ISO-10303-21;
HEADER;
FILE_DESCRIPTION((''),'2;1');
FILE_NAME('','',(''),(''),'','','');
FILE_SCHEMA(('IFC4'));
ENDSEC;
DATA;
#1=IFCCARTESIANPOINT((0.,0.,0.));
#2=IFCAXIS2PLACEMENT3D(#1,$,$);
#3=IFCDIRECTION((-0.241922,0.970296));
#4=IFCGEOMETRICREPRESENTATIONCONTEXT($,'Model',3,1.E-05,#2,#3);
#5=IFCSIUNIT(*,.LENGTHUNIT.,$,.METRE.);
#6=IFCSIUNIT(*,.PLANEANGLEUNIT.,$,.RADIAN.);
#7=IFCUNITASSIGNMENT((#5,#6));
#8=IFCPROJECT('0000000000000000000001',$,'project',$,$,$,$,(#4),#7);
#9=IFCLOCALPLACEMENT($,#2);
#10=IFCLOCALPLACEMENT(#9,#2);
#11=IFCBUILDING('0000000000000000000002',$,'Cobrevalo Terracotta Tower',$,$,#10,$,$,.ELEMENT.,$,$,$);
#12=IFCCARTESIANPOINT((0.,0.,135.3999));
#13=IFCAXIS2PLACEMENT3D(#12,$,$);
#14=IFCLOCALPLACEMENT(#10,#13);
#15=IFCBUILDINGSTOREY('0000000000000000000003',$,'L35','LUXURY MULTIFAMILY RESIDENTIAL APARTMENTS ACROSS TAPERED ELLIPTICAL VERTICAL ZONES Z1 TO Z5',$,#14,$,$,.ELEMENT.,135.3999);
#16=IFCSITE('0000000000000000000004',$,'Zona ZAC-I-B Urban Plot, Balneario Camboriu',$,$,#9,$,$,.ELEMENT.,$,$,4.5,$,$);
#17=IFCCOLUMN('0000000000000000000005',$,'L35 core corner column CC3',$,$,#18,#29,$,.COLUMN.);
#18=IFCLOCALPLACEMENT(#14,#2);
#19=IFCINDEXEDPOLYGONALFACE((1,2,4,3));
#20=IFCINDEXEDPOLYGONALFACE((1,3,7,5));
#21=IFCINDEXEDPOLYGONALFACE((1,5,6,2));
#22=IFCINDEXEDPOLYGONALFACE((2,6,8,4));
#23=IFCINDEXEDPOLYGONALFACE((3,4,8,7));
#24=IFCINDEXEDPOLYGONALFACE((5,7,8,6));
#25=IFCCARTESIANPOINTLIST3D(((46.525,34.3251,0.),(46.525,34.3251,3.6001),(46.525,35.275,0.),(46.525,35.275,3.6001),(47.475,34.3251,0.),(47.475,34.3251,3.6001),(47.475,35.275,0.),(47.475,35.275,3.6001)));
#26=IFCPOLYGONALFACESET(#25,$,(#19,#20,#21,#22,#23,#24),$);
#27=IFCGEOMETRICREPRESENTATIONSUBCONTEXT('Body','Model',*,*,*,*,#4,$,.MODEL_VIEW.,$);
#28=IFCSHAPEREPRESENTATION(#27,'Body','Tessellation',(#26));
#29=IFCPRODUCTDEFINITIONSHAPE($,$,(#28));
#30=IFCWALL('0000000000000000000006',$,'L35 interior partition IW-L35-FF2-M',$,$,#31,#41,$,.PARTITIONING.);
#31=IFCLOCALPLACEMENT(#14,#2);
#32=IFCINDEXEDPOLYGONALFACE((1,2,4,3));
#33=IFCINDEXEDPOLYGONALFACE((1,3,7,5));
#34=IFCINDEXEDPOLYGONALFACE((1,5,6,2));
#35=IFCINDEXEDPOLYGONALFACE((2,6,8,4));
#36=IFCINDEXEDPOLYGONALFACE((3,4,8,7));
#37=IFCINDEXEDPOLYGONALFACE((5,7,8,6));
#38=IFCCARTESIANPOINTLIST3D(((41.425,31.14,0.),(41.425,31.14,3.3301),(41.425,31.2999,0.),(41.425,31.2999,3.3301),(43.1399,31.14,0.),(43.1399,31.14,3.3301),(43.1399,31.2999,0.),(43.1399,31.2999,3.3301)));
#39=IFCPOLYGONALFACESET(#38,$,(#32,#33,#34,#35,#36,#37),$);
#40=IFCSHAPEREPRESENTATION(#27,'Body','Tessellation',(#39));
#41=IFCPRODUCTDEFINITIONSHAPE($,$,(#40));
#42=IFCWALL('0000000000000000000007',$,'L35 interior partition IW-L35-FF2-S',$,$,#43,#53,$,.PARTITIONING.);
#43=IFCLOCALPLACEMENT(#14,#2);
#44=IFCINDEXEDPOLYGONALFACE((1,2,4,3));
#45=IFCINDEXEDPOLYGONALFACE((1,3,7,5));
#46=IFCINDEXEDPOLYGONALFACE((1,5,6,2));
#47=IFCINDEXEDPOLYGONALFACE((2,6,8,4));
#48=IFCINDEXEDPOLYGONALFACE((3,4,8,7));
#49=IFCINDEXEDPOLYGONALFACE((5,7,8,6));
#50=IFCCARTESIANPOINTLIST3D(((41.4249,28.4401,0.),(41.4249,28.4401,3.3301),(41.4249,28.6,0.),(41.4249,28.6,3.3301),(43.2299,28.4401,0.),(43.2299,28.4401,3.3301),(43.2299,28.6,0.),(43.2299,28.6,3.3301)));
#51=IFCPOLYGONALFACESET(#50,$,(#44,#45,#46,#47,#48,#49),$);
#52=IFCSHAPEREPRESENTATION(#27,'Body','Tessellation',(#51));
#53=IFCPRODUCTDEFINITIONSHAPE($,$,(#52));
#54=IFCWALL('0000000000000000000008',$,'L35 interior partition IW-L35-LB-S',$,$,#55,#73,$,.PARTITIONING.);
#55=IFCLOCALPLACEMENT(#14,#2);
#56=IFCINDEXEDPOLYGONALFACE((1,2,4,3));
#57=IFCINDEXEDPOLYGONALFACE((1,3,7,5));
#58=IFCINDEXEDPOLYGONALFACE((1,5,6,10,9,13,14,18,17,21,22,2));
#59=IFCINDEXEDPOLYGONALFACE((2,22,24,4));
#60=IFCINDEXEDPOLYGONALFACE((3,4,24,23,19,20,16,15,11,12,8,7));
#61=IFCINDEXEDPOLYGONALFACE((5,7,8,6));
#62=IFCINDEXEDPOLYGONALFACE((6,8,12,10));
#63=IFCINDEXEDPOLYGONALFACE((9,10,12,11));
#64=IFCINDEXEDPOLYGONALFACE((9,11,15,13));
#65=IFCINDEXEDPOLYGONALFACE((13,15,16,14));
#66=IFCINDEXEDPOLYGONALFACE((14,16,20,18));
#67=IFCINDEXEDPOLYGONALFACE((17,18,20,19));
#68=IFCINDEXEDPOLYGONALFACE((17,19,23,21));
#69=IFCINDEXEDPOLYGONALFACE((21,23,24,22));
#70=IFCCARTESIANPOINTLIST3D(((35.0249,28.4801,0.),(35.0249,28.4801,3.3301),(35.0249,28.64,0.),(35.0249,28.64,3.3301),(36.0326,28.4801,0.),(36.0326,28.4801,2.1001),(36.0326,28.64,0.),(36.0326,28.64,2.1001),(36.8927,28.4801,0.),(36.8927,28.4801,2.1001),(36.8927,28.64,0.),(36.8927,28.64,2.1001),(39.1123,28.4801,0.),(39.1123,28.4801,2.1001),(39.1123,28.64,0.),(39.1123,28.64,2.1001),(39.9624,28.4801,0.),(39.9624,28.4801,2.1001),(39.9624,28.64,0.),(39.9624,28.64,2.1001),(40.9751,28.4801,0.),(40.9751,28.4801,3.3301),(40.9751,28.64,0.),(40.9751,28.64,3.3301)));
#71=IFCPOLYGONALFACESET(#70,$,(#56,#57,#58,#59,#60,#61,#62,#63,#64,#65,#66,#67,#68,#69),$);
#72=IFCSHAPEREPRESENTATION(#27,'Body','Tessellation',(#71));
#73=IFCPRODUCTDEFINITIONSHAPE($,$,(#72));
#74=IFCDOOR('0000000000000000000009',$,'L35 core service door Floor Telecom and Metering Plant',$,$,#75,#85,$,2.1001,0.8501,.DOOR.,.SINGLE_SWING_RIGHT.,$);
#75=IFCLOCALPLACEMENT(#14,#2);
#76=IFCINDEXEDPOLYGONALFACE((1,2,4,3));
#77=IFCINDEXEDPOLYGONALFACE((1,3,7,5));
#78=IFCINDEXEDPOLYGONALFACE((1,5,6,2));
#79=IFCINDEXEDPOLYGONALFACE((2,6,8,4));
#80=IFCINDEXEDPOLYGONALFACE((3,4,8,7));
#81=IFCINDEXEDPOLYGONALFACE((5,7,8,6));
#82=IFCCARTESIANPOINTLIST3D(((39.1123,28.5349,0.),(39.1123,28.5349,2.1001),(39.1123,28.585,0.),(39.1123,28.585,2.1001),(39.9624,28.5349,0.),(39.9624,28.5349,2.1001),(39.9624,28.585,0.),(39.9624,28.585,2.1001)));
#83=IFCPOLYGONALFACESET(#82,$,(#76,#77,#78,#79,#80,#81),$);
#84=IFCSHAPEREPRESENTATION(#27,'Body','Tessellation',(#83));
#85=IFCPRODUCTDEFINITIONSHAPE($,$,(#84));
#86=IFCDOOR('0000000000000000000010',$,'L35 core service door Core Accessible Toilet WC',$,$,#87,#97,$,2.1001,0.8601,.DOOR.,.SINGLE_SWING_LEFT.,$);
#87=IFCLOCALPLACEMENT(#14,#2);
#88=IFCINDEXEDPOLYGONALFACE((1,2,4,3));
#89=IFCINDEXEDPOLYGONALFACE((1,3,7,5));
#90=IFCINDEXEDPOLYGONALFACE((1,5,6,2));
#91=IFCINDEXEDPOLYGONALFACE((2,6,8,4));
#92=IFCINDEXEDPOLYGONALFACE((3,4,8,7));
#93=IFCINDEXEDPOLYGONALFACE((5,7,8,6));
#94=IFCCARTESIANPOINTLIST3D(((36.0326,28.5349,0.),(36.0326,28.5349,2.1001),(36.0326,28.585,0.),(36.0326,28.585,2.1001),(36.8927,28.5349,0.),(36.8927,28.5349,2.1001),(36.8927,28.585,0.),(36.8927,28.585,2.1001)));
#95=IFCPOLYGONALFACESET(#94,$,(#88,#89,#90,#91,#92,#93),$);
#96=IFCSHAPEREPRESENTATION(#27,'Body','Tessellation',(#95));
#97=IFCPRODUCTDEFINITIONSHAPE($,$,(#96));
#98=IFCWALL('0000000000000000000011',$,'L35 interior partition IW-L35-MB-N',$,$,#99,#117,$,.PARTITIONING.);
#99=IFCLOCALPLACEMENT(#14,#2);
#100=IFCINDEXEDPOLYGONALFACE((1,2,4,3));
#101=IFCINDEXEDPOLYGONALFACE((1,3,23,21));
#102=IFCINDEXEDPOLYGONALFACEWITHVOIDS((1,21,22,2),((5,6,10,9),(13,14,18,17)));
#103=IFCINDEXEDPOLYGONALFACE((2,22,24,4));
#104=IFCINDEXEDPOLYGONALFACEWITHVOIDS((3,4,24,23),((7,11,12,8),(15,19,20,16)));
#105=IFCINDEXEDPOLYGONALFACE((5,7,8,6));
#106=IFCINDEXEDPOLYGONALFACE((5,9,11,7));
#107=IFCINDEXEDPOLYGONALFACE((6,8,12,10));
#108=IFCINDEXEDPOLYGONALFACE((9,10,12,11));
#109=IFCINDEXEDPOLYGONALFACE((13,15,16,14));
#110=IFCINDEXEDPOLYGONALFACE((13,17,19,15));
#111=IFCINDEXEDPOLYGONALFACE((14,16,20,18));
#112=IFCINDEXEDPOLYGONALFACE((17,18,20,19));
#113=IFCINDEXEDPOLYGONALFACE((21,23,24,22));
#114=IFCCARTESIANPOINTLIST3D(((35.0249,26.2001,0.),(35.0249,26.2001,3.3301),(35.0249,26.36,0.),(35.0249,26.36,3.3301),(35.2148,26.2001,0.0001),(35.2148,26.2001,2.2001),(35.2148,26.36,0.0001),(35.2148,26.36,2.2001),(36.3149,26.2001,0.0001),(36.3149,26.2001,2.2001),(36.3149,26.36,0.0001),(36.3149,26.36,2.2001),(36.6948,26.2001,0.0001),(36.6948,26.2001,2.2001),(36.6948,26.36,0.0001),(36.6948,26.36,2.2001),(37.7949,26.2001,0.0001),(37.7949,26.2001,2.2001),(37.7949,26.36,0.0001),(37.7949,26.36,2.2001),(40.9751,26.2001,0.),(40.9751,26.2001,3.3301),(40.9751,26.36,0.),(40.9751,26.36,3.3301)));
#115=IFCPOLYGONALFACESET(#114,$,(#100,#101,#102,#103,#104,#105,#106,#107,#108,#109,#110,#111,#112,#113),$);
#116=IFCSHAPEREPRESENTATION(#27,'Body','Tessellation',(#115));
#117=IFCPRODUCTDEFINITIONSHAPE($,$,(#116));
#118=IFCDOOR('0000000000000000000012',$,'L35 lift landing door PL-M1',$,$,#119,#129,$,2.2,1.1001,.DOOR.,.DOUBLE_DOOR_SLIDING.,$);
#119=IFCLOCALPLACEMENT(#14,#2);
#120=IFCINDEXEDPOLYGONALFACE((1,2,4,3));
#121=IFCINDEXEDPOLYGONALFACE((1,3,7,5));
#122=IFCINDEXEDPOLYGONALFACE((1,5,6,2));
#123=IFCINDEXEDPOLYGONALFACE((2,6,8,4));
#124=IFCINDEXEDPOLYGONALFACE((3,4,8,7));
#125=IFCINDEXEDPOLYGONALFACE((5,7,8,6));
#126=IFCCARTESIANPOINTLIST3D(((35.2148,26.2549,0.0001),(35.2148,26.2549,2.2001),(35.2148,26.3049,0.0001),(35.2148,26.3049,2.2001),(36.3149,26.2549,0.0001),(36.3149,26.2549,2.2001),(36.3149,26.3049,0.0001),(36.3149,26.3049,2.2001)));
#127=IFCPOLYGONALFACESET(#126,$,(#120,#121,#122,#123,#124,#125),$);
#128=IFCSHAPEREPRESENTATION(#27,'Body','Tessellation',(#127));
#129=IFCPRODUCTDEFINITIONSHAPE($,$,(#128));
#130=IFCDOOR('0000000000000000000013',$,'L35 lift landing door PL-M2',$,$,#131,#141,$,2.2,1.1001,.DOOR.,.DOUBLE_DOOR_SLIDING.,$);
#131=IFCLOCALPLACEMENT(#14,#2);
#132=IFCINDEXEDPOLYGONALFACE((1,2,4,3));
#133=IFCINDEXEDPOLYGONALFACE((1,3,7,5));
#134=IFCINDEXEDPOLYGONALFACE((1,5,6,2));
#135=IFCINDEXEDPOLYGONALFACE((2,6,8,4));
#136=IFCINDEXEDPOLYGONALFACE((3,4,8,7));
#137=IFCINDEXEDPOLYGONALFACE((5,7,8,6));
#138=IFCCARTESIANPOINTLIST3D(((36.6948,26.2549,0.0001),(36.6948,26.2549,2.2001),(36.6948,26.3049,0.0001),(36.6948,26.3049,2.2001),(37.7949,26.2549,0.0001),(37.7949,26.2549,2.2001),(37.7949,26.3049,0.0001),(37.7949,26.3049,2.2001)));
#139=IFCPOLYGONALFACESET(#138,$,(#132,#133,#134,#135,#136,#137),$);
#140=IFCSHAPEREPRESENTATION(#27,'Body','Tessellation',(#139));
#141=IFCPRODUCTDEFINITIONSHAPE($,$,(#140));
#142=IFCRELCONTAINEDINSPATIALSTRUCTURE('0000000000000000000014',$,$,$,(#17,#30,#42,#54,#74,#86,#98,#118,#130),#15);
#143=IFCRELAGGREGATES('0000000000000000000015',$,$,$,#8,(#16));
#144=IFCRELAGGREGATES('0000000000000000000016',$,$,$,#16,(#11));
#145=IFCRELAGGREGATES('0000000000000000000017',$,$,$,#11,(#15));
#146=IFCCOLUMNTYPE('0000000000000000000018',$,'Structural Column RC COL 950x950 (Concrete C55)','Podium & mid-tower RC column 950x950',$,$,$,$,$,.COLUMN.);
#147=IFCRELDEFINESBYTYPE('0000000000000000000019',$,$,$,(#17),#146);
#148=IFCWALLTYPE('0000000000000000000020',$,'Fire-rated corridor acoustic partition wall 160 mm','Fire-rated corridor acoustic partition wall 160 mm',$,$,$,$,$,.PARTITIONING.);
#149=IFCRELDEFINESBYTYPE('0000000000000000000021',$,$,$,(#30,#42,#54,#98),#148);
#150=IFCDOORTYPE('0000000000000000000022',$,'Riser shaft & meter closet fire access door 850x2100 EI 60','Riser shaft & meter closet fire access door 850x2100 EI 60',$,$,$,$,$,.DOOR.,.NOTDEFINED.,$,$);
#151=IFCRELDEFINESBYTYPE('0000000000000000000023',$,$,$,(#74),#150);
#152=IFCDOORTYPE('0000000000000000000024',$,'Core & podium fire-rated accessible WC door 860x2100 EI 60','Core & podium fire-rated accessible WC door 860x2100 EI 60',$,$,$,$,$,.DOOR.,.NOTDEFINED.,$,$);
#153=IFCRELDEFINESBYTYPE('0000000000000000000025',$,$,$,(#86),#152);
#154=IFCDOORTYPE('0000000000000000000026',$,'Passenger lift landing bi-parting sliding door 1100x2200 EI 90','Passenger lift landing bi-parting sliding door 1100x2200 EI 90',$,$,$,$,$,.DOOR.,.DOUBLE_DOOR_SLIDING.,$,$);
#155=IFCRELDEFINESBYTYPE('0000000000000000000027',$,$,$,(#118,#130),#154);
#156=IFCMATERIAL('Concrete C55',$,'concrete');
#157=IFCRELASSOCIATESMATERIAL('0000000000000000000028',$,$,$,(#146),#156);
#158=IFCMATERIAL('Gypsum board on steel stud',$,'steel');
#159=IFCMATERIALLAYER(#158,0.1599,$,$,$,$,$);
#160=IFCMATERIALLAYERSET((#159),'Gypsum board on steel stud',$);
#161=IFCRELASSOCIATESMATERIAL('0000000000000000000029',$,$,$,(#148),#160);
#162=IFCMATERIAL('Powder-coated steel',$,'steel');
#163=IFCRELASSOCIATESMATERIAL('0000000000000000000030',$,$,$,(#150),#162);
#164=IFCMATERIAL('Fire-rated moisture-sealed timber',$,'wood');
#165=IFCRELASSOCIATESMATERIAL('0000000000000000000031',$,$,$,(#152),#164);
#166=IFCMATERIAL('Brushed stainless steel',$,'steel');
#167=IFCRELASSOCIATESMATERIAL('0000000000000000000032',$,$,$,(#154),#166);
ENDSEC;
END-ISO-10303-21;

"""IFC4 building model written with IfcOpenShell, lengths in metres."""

from ifc_helpers import new_model, si_unit, direction, frame, frame_2d, origin, origin_2d, place, context, subcontext, project, spatial, rectangle, extrude, source, transform, mapped, material, layer, layer_set, material_profile, profile_set, type_object, element, fill, save


model = new_model("IFC4")

# Units and contexts
model_context = context("Model", 3, precision=1e-05, world=origin(), true_north=direction((-0.241922, 0.970296)))
body_context = subcontext(model_context, "Body", "Model", "MODEL_VIEW")
ifc_project = project(units=[si_unit("LENGTHUNIT", "METRE"), si_unit("PLANEANGLEUNIT", "RADIAN")], contexts=[model_context])

# Site, building, storey
site_placement = place(None, origin())
site = spatial("IfcSite", under=ifc_project, at=site_placement, Name="Zona ZAC-I-B Urban Plot, Balneario Camboriu", CompositionType="ELEMENT", RefElevation=4.5)
building_placement = place(site_placement, origin())
building = spatial("IfcBuilding", under=site, at=building_placement, Name="Cobrevalo Terracotta Tower", CompositionType="ELEMENT")
storey_placement = place(building_placement, frame((0.0, 0.0, 135.3999)))
storey = spatial("IfcBuildingStorey", under=building, at=storey_placement, Name="L35", Description="LUXURY MULTIFAMILY RESIDENTIAL APARTMENTS ACROSS TAPERED ELLIPTICAL VERTICAL ZONES Z1 TO Z5", CompositionType="ELEMENT", Elevation=135.3999)

# Column
ifc_material_1 = material(Name="Concrete C55", Category="concrete")
ifc_material_profile = material_profile(ifc_material_1, rectangle(XDim=0.95, YDim=0.95, at=origin_2d()), Name="RC COL 950x950")
ifc_profile_set = profile_set([ifc_material_profile], Name="Concrete C55")
column_type = type_object("IfcColumnType", Name="Structural Column RC COL 950x950 (Concrete C55)", Description="Podium & mid-tower RC column 950x950", PredefinedType="COLUMN", material=ifc_profile_set)
column_placement = place(storey_placement, frame((47.0, 34.8, 0.0), z_axis=(0.0, 0.0, 1.0), x_axis=(1.0, 0.0, 0.0)))
element("IfcColumn", 1, at=column_placement, inside=storey, type_object=column_type, Name="L35 core corner column CC3", PredefinedType="COLUMN", context=body_context, shape_type="SweptSolid", body=[
    extrude(rectangle(XDim=0.95, YDim=0.95, at=origin_2d()), origin(), (0.0, 0.0, 1.0), 3.6001),
])

# Walls
ifc_material_2 = material(Name="Gypsum board on steel stud", Category="steel")
ifc_layer_1 = layer(ifc_material_2, 0.1599)
ifc_layer_set_1 = layer_set([ifc_layer_1], Name="Gypsum board on steel stud")
wall_type_1 = type_object("IfcWallType", Name="Fire-rated corridor acoustic partition wall 160 mm", Description="Fire-rated corridor acoustic partition wall 160 mm", PredefinedType="PARTITIONING", material=ifc_layer_set_1)
wall_1_placement = place(storey_placement, frame((41.425, 31.22, 0.0), z_axis=(0.0, 0.0, 1.0), x_axis=(1.0, 0.0, 0.0)))
element("IfcWall", 2, at=wall_1_placement, inside=storey, type_object=wall_type_1, Name="L35 interior partition IW-L35-FF2-M", PredefinedType="PARTITIONING", context=body_context, shape_type="SweptSolid", body=[
    extrude(rectangle(XDim=1.7148, YDim=0.1599, at=frame_2d((0.8574, 0.0))), origin(), (0.0, 0.0, 1.0), 3.3301),
])
wall_2_placement = place(storey_placement, frame((41.425, 28.52, 0.0), z_axis=(0.0, 0.0, 1.0), x_axis=(1.0, 0.0, 0.0)))
element("IfcWall", 3, at=wall_2_placement, inside=storey, type_object=wall_type_1, Name="L35 interior partition IW-L35-FF2-S", PredefinedType="PARTITIONING", context=body_context, shape_type="SweptSolid", body=[
    extrude(rectangle(XDim=1.8049, YDim=0.1599, at=frame_2d((0.9023, 0.0))), origin(), (0.0, 0.0, 1.0), 3.3301),
])

# Walls, openings, doors
wall_3_placement = place(storey_placement, frame((35.0249, 28.5601, 0.0), z_axis=(0.0, 0.0, 1.0), x_axis=(1.0, 0.0, 0.0)))
wall_3 = element("IfcWall", 4, at=wall_3_placement, inside=storey, type_object=wall_type_1, Name="L35 interior partition IW-L35-LB-S", PredefinedType="PARTITIONING", context=body_context, shape_type="SweptSolid", body=[
    extrude(rectangle(XDim=5.9502, YDim=0.1599, at=frame_2d((2.9751, 0.0))), origin(), (0.0, 0.0, 1.0), 3.3301),
])
opening_1_placement = place(wall_3_placement, frame((1.0076, 0.0, 0.0)))
opening_1 = element("IfcOpeningElement", 5, at=opening_1_placement, cuts=wall_3, PredefinedType="OPENING", context=body_context, shape_type="SweptSolid", body=[
    extrude(rectangle(XDim=0.8601, YDim=2.1001, at=frame_2d((0.4302, 1.05))), frame((0.0, 0.0898, 0.0), z_axis=(0.0, -1.0, 0.0), x_axis=(1.0, 0.0, 0.0)), (0.0, 0.0, 1.0), 0.1799),
])
opening_2_placement = place(wall_3_placement, frame((4.0874, 0.0, 0.0)))
opening_2 = element("IfcOpeningElement", 6, at=opening_2_placement, cuts=wall_3, PredefinedType="OPENING", context=body_context, shape_type="SweptSolid", body=[
    extrude(rectangle(XDim=0.8501, YDim=2.1001, at=frame_2d((0.425, 1.05))), frame((0.0, 0.0898, 0.0), z_axis=(0.0, -1.0, 0.0), x_axis=(1.0, 0.0, 0.0)), (0.0, 0.0, 1.0), 0.1799),
])
ifc_material_3 = material(Name="Powder-coated steel", Category="steel")
door_type_1 = type_object("IfcDoorType", Name="Riser shaft & meter closet fire access door 850x2100 EI 60", Description="Riser shaft & meter closet fire access door 850x2100 EI 60", OperationType="NOTDEFINED", PredefinedType="DOOR", material=ifc_material_3)
shared_shape_1 = source(origin(), body_context, "Body", "SweptSolid", [
    extrude(rectangle(XDim=0.8501, YDim=2.1001, at=frame_2d((0.425, 1.05))), frame((0.0, 0.0249, 0.0), z_axis=(0.0, -1.0, 0.0), x_axis=(1.0, 0.0, 0.0)), (0.0, 0.0, 1.0), 0.05),
])
door_1_placement = place(opening_2_placement, origin())
door_1 = element("IfcDoor", 7, at=door_1_placement, inside=storey, type_object=door_type_1, Name="L35 core service door Floor Telecom and Metering Plant", OperationType="SINGLE_SWING_RIGHT", OverallHeight=2.1001, OverallWidth=0.8501, PredefinedType="DOOR", context=body_context, shape_type="MappedRepresentation", body=[
    mapped(shared_shape_1, transform((0.0, 0.0, 0.0), scale=1.0)),
])
fill(opening_2, door_1)
ifc_material_4 = material(Name="Fire-rated moisture-sealed timber", Category="wood")
door_type_2 = type_object("IfcDoorType", Name="Core & podium fire-rated accessible WC door 860x2100 EI 60", Description="Core & podium fire-rated accessible WC door 860x2100 EI 60", OperationType="NOTDEFINED", PredefinedType="DOOR", material=ifc_material_4)
shared_shape_2 = source(origin(), body_context, "Body", "SweptSolid", [
    extrude(rectangle(XDim=0.8601, YDim=2.1001, at=frame_2d((0.4302, 1.05))), frame((0.0, 0.0249, 0.0), z_axis=(0.0, -1.0, 0.0), x_axis=(1.0, 0.0, 0.0)), (0.0, 0.0, 1.0), 0.05),
])
door_2_placement = place(opening_1_placement, origin())
door_2 = element("IfcDoor", 8, at=door_2_placement, inside=storey, type_object=door_type_2, Name="L35 core service door Core Accessible Toilet WC", OperationType="SINGLE_SWING_LEFT", OverallHeight=2.1001, OverallWidth=0.8601, PredefinedType="DOOR", context=body_context, shape_type="MappedRepresentation", body=[
    mapped(shared_shape_2, transform((0.0, 0.0, 0.0), scale=1.0)),
])
fill(opening_1, door_2)
wall_4_placement = place(storey_placement, frame((35.0249, 26.28, 0.0), z_axis=(0.0, 0.0, 1.0), x_axis=(1.0, 0.0, 0.0)))
wall_4 = element("IfcWall", 9, at=wall_4_placement, inside=storey, type_object=wall_type_1, Name="L35 interior partition IW-L35-MB-N", PredefinedType="PARTITIONING", context=body_context, shape_type="SweptSolid", body=[
    extrude(rectangle(XDim=5.9502, YDim=0.1599, at=frame_2d((2.9751, 0.0))), origin(), (0.0, 0.0, 1.0), 3.3301),
])
opening_3_placement = place(wall_4_placement, frame((0.1899, 0.0, 0.0)))
opening_3 = element("IfcOpeningElement", 10, at=opening_3_placement, cuts=wall_4, PredefinedType="OPENING", context=body_context, shape_type="SweptSolid", body=[
    extrude(rectangle(XDim=1.1001, YDim=2.2, at=frame_2d((0.55, 1.1001))), frame((0.0, 0.0898, 0.0), z_axis=(0.0, -1.0, 0.0), x_axis=(1.0, 0.0, 0.0)), (0.0, 0.0, 1.0), 0.1799),
])
opening_4_placement = place(wall_4_placement, frame((1.6699, 0.0, 0.0)))
opening_4 = element("IfcOpeningElement", 11, at=opening_4_placement, cuts=wall_4, PredefinedType="OPENING", context=body_context, shape_type="SweptSolid", body=[
    extrude(rectangle(XDim=1.1001, YDim=2.2, at=frame_2d((0.55, 1.1001))), frame((0.0, 0.0898, 0.0), z_axis=(0.0, -1.0, 0.0), x_axis=(1.0, 0.0, 0.0)), (0.0, 0.0, 1.0), 0.1799),
])
ifc_material_5 = material(Name="Brushed stainless steel", Category="steel")
door_type_3 = type_object("IfcDoorType", Name="Passenger lift landing bi-parting sliding door 1100x2200 EI 90", Description="Passenger lift landing bi-parting sliding door 1100x2200 EI 90", OperationType="DOUBLE_DOOR_SLIDING", PredefinedType="DOOR", material=ifc_material_5)
shared_shape_3 = source(origin(), body_context, "Body", "SweptSolid", [
    extrude(rectangle(XDim=1.1001, YDim=2.2, at=frame_2d((0.55, 1.1001))), frame((0.0, 0.0249, 0.0), z_axis=(0.0, -1.0, 0.0), x_axis=(1.0, 0.0, 0.0)), (0.0, 0.0, 1.0), 0.05),
])
door_3_placement = place(opening_3_placement, origin())
door_3 = element("IfcDoor", 12, at=door_3_placement, inside=storey, type_object=door_type_3, Name="L35 lift landing door PL-M1", OperationType="DOUBLE_DOOR_SLIDING", OverallHeight=2.2, OverallWidth=1.1001, PredefinedType="DOOR", context=body_context, shape_type="MappedRepresentation", body=[
    mapped(shared_shape_3, transform((0.0, 0.0, 0.0), scale=1.0)),
])
fill(opening_3, door_3)
door_4_placement = place(opening_4_placement, origin())
door_4 = element("IfcDoor", 13, at=door_4_placement, inside=storey, type_object=door_type_3, Name="L35 lift landing door PL-M2", OperationType="DOUBLE_DOOR_SLIDING", OverallHeight=2.2, OverallWidth=1.1001, PredefinedType="DOOR", context=body_context, shape_type="MappedRepresentation", body=[
    mapped(shared_shape_3, transform((0.0, 0.0, 0.0), scale=1.0)),
])
fill(opening_4, door_4)

save(model, "model.ifc")
